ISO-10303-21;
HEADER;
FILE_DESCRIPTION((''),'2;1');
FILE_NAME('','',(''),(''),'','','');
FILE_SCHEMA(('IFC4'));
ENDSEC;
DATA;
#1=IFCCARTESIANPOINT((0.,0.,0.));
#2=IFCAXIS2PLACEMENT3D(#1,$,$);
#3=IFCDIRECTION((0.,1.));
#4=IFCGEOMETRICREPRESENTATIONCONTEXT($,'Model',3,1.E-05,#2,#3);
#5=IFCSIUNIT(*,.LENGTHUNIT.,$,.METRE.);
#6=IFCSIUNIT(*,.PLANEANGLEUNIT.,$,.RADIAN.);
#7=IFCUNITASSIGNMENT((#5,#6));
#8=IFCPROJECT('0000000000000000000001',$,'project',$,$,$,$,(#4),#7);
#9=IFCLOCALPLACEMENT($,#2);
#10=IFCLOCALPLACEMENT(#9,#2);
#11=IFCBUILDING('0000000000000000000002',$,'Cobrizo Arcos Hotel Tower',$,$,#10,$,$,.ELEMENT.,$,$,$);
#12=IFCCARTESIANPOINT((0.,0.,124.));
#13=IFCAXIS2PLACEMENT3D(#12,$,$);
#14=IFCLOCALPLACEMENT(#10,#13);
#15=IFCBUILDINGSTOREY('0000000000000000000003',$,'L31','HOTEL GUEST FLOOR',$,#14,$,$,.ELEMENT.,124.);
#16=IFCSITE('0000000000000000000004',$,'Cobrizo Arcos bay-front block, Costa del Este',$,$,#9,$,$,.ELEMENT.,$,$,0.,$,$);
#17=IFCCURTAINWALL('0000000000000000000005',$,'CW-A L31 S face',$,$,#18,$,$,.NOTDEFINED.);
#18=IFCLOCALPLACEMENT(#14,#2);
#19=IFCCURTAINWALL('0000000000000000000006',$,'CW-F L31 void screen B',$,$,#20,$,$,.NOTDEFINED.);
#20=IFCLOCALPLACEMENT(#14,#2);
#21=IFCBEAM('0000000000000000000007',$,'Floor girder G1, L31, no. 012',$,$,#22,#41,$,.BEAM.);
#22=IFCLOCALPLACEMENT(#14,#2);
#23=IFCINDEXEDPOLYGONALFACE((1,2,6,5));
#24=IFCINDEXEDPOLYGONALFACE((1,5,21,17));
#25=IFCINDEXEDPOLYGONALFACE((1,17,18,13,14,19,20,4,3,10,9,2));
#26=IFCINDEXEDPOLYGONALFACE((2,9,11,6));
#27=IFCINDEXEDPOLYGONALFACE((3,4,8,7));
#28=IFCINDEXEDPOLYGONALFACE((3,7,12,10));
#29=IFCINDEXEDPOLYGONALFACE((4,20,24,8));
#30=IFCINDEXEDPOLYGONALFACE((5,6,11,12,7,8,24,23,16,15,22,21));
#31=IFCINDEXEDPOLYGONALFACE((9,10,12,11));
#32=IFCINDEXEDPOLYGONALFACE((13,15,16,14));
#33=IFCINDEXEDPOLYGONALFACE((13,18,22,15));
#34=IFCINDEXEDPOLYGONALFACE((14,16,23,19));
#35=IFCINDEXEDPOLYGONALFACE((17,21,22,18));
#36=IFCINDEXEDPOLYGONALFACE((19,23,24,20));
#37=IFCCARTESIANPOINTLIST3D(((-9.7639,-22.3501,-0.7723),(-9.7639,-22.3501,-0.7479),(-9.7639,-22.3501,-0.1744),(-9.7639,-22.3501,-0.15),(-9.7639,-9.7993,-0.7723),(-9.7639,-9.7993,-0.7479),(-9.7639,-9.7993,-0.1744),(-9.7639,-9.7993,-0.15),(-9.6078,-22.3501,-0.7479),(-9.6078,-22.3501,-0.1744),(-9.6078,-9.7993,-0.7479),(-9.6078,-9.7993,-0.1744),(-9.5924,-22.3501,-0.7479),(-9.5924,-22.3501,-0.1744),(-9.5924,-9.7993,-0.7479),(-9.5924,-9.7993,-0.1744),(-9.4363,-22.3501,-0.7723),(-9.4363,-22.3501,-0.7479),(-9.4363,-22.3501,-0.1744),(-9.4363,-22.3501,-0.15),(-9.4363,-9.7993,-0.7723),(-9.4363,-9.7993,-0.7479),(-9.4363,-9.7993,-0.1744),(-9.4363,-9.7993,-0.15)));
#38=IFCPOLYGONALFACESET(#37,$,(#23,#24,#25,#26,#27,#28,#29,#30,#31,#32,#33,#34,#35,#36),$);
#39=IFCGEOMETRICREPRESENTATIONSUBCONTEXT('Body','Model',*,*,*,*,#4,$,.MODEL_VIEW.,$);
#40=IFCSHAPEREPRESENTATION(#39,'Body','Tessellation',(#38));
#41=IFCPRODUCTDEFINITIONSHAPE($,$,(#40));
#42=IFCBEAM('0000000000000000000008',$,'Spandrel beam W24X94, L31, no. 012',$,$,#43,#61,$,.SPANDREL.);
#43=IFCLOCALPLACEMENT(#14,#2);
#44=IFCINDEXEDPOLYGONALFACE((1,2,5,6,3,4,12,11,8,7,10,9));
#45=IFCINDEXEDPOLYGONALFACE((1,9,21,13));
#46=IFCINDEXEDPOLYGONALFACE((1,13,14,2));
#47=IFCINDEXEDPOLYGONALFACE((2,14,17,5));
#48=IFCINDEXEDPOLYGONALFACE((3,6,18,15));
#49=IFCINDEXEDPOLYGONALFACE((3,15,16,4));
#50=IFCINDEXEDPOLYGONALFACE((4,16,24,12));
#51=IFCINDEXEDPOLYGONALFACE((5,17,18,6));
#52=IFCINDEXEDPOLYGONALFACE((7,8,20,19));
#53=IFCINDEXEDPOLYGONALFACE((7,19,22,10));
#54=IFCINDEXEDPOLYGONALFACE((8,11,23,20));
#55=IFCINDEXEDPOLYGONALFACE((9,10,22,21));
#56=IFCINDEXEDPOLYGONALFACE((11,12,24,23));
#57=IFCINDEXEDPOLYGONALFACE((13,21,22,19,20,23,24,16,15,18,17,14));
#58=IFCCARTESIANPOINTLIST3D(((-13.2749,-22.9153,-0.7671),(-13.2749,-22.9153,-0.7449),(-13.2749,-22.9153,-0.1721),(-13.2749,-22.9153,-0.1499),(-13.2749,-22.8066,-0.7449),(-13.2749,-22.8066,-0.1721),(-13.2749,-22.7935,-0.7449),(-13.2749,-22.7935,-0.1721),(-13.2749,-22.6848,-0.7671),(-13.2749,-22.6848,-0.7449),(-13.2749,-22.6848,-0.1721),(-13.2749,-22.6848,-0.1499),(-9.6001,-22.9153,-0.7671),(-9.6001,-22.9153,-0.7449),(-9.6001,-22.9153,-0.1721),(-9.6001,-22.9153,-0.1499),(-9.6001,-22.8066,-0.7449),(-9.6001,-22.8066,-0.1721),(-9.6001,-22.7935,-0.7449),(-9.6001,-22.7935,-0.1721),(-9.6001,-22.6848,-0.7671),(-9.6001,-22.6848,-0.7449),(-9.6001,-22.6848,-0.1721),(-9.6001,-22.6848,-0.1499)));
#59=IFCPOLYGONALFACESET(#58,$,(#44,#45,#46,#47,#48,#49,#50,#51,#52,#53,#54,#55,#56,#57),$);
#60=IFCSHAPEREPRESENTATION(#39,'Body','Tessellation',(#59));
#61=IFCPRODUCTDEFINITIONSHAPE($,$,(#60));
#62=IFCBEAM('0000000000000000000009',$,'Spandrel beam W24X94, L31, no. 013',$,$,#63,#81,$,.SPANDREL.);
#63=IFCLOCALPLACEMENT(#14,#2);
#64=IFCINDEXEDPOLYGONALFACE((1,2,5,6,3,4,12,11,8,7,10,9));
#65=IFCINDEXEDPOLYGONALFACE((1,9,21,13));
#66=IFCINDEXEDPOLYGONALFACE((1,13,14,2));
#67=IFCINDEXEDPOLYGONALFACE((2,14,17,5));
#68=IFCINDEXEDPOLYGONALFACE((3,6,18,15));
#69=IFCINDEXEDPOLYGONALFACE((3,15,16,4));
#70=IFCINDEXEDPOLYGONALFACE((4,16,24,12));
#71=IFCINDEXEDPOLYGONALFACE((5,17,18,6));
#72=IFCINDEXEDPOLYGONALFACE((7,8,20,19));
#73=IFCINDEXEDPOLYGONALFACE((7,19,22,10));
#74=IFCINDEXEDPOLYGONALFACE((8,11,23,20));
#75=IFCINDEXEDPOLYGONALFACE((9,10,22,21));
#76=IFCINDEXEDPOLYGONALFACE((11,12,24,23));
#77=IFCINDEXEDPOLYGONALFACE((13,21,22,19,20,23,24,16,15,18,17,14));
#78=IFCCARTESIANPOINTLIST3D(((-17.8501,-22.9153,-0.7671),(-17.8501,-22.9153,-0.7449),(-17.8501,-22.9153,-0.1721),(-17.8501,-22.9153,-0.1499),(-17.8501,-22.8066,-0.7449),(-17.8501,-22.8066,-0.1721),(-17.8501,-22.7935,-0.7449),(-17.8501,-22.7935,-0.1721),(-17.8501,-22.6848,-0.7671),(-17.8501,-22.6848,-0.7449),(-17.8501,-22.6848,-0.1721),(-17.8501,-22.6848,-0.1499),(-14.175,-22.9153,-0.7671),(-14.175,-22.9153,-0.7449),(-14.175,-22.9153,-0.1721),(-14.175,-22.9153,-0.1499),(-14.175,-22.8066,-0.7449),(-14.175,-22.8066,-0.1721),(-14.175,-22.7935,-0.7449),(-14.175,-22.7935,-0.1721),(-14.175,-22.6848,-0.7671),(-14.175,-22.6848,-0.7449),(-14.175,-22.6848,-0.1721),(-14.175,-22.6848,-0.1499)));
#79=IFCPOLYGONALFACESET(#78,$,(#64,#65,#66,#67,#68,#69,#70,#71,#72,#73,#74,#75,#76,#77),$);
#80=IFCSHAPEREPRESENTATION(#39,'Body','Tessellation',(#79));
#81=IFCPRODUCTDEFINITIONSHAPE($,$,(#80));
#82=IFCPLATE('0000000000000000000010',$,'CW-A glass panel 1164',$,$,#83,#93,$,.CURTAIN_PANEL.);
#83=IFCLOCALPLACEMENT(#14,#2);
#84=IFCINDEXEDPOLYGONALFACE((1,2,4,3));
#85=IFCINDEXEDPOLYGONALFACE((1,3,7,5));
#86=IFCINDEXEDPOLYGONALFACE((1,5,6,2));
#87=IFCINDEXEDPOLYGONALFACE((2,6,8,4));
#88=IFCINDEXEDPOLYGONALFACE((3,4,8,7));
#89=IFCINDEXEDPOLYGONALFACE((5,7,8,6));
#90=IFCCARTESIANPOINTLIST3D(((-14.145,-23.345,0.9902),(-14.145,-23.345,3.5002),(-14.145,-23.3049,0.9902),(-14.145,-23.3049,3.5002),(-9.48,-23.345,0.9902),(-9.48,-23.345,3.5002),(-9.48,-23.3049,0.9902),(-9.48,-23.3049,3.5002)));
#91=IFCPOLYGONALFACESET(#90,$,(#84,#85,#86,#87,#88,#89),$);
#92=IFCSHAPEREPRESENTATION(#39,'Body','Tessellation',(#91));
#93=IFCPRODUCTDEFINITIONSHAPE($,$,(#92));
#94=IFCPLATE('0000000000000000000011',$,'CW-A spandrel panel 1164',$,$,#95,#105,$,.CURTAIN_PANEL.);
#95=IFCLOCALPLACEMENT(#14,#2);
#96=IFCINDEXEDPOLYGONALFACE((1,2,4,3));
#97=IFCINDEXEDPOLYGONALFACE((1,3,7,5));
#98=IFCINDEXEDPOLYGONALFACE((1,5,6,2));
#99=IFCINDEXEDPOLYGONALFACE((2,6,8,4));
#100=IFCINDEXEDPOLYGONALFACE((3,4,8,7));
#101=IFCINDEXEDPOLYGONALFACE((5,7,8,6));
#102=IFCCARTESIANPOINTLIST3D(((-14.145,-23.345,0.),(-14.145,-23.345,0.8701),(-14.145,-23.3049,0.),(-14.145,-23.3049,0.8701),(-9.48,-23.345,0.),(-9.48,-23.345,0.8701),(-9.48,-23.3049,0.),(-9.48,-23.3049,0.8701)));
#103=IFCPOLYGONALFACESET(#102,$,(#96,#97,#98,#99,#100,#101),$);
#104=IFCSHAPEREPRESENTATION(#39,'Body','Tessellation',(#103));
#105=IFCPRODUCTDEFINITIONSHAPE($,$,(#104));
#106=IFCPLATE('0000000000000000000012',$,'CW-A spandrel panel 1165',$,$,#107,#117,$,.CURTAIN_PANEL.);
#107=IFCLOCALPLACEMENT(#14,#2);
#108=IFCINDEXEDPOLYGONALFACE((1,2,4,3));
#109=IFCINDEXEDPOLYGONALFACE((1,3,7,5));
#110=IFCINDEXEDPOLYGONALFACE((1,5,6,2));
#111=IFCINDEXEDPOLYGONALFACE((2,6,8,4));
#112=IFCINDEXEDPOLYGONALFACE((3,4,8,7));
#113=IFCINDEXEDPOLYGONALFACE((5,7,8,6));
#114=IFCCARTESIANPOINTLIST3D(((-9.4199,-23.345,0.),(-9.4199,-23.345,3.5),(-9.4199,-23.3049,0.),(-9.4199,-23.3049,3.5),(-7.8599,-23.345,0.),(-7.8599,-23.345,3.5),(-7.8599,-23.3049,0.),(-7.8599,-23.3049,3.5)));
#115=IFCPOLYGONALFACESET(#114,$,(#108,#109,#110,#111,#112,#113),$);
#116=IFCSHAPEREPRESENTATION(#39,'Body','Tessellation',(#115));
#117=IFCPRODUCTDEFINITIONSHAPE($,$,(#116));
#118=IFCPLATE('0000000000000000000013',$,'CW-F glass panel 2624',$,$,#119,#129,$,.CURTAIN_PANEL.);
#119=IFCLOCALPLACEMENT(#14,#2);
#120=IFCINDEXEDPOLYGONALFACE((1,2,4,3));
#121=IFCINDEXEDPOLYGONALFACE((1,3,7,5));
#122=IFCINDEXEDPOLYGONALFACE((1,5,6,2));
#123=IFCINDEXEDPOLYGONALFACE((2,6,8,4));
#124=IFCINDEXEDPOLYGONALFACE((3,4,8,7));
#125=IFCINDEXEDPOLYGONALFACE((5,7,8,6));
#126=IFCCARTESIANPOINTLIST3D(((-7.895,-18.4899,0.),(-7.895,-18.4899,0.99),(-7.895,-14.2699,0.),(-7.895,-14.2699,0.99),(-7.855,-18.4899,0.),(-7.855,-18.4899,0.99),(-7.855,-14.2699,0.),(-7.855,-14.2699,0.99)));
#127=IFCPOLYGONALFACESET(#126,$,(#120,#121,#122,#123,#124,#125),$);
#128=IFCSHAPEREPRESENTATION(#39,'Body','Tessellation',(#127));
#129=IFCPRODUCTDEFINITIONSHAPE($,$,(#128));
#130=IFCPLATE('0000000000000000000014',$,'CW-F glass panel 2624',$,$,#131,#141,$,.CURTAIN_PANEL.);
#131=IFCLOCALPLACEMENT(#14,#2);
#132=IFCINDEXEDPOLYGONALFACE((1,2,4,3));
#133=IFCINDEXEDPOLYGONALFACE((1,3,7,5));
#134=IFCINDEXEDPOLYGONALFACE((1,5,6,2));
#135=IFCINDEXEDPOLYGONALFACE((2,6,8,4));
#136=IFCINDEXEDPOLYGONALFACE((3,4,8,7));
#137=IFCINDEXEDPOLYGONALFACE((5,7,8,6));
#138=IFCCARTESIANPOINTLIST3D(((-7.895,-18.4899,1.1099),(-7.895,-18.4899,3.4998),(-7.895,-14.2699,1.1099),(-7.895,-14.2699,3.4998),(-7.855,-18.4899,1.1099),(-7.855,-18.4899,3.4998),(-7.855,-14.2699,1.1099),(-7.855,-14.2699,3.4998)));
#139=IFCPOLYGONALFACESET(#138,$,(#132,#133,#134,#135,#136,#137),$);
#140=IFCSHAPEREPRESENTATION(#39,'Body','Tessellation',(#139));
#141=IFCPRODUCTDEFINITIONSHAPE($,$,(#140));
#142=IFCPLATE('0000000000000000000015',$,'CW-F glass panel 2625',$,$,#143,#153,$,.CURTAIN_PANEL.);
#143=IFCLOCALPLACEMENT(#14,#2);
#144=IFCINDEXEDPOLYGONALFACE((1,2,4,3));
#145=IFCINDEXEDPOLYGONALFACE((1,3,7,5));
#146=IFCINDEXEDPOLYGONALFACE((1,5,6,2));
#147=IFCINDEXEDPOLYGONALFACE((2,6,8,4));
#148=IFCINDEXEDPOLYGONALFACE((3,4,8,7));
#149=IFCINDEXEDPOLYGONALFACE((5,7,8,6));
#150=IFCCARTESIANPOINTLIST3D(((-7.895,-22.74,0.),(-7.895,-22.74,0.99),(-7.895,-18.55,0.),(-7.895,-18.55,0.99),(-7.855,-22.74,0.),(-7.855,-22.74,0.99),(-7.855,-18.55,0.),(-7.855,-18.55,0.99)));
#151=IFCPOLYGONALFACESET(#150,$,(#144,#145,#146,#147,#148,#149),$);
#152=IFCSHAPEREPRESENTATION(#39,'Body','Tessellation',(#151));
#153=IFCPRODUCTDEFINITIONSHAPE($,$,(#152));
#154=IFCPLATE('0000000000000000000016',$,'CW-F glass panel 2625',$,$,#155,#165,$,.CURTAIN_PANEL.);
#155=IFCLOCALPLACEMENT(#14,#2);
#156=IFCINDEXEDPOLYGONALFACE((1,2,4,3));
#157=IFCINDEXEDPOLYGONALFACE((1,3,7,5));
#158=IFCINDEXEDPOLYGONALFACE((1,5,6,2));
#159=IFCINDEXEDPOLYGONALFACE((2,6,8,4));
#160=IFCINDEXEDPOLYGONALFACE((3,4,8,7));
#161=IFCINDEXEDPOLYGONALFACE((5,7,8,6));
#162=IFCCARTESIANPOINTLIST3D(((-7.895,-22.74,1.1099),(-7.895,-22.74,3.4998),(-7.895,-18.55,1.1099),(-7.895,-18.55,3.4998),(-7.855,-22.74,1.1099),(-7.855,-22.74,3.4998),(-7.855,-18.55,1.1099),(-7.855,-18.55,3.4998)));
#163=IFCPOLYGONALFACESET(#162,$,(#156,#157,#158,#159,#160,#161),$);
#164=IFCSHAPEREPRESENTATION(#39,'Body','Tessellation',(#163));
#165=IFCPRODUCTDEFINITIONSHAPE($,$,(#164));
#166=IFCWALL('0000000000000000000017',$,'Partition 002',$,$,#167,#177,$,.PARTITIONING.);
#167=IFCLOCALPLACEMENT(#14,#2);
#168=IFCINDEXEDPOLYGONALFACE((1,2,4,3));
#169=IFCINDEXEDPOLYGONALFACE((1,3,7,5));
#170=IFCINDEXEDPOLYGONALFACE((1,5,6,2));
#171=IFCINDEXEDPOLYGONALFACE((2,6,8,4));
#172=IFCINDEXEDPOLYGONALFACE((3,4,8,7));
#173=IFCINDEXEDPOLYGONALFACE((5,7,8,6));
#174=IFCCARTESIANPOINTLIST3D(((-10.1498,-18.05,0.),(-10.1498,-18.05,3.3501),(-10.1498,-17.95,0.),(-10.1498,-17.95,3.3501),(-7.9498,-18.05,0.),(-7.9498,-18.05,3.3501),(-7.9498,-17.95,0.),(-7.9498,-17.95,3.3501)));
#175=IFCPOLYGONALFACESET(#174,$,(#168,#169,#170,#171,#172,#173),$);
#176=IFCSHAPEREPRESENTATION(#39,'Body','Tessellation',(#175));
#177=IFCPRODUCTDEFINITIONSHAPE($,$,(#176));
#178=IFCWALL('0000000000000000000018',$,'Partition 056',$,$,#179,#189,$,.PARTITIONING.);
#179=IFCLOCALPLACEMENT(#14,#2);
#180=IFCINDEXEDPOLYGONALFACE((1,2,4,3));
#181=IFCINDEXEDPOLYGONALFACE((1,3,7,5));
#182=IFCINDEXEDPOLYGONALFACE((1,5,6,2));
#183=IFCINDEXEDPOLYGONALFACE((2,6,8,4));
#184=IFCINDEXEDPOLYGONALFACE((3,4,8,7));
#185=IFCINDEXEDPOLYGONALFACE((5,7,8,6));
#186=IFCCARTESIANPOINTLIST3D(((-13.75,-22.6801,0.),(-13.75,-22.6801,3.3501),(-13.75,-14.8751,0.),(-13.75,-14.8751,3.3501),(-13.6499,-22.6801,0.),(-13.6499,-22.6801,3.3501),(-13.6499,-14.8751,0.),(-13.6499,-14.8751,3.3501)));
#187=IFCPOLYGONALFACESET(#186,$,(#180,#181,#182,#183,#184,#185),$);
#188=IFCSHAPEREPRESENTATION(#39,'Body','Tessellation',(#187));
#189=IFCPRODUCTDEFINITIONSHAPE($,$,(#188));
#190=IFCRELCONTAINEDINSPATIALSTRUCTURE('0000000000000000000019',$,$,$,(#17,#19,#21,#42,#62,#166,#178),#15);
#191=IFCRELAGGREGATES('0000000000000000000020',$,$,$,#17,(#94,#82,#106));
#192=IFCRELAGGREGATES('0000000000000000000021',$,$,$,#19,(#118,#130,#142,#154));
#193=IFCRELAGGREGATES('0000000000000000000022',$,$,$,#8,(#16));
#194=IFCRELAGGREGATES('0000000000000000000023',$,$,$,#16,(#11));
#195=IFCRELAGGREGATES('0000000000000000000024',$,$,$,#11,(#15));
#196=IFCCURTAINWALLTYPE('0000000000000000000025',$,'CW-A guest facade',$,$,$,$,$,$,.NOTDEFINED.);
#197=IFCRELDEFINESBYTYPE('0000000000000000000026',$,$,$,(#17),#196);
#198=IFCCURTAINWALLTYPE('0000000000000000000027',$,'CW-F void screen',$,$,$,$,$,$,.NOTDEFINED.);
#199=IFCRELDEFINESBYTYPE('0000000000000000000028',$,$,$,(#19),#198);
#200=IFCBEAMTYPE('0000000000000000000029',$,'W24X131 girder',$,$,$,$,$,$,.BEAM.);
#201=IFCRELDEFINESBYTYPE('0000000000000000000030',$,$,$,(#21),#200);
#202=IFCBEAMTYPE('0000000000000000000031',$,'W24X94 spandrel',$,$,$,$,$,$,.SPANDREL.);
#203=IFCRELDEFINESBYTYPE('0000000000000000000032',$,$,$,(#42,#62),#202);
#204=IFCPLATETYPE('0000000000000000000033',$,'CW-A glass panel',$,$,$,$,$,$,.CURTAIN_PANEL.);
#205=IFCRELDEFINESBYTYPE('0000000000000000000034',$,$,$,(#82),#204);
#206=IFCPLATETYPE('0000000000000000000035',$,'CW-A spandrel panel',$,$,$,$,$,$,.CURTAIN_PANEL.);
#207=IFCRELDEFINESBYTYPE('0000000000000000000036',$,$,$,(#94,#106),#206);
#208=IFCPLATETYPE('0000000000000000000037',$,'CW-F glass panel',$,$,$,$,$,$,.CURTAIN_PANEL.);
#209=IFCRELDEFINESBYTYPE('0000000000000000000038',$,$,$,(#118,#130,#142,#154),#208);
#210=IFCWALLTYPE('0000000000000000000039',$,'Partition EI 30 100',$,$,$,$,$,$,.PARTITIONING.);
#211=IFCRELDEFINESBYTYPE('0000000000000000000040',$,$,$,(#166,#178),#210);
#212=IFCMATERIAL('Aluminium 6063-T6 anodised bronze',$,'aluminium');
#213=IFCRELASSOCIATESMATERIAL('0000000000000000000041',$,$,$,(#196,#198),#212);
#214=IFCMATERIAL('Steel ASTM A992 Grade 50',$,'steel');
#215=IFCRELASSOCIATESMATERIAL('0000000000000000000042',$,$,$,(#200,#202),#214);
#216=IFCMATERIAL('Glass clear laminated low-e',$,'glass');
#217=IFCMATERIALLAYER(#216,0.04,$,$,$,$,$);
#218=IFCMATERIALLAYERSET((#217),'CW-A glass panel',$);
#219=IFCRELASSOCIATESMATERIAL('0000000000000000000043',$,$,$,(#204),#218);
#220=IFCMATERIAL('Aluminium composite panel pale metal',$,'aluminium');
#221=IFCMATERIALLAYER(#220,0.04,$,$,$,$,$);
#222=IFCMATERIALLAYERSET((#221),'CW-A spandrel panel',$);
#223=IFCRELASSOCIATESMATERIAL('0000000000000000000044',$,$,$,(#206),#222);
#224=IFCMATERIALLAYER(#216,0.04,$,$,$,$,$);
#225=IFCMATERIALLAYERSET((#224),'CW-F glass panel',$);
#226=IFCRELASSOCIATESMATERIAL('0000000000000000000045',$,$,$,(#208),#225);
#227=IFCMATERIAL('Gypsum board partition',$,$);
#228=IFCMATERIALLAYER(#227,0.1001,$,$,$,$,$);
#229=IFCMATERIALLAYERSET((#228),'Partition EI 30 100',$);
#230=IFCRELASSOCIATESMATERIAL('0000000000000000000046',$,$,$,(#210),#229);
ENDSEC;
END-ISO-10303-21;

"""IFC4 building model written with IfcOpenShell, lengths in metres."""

from ifc_helpers import new_model, si_unit, direction, frame, frame_2d, origin, origin_2d, place, context, subcontext, project, spatial, rectangle, i_section, extrude, material, layer, layer_set, material_profile, profile_set, type_object, element, aggregate, save


model = new_model("IFC4")

# Units and contexts
model_context = context("Model", 3, precision=1e-05, world=origin(), true_north=direction((0.0, 1.0)))
body_context = subcontext(model_context, "Body", "Model", "MODEL_VIEW")
ifc_project = project(units=[si_unit("LENGTHUNIT", "METRE"), si_unit("PLANEANGLEUNIT", "RADIAN")], contexts=[model_context])

# Site, building, storey
site_placement = place(None, origin())
site = spatial("IfcSite", under=ifc_project, at=site_placement, Name="Cobrizo Arcos bay-front block, Costa del Este", CompositionType="ELEMENT", RefElevation=0.0)
building_placement = place(site_placement, origin())
building = spatial("IfcBuilding", under=site, at=building_placement, Name="Cobrizo Arcos Hotel Tower", CompositionType="ELEMENT")
storey_placement = place(building_placement, frame((0.0, 0.0, 124.0)))
storey = spatial("IfcBuildingStorey", under=building, at=storey_placement, Name="L31", Description="HOTEL GUEST FLOOR", CompositionType="ELEMENT", Elevation=124.0)

# Curtain walls
ifc_material_1 = material(Name="Aluminium 6063-T6 anodised bronze", Category="aluminium")
curtain_wall_type_1 = type_object("IfcCurtainWallType", Name="CW-A guest facade", PredefinedType="NOTDEFINED", material=ifc_material_1)
curtain_wall_1_placement = place(storey_placement, origin())
curtain_wall_1 = element("IfcCurtainWall", 1, at=curtain_wall_1_placement, inside=storey, type_object=curtain_wall_type_1, Name="CW-A L31 S face", PredefinedType="NOTDEFINED")
curtain_wall_type_2 = type_object("IfcCurtainWallType", Name="CW-F void screen", PredefinedType="NOTDEFINED", material=ifc_material_1)
curtain_wall_2_placement = place(storey_placement, origin())
curtain_wall_2 = element("IfcCurtainWall", 2, at=curtain_wall_2_placement, inside=storey, type_object=curtain_wall_type_2, Name="CW-F L31 void screen B", PredefinedType="NOTDEFINED")

# Beams
ifc_material_2 = material(Name="Steel ASTM A992 Grade 50", Category="steel")
ifc_material_profile_1 = material_profile(ifc_material_2, i_section(OverallWidth=0.3276, OverallDepth=0.6223, WebThickness=0.0154, FlangeThickness=0.0244, at=origin_2d()), Name="W24X131")
ifc_profile_set_1 = profile_set([ifc_material_profile_1], Name="Steel ASTM A992 Grade 50")
beam_type_1 = type_object("IfcBeamType", Name="W24X131 girder", PredefinedType="BEAM", material=ifc_profile_set_1)
beam_1_placement = place(storey_placement, frame((-9.6001, -22.3501, -0.4612), z_axis=(0.0, 1.0, 0.0), x_axis=(-1.0, 0.0, 0.0)))
element("IfcBeam", 3, at=beam_1_placement, inside=storey, type_object=beam_type_1, Name="Floor girder G1, L31, no. 012", PredefinedType="BEAM", context=body_context, shape_type="SweptSolid", body=[
    extrude(i_section(OverallWidth=0.3276, OverallDepth=0.6223, WebThickness=0.0154, FlangeThickness=0.0244, at=origin_2d()), origin(), (0.0, 0.0, 1.0), 12.5508),
])
ifc_material_profile_2 = material_profile(ifc_material_2, i_section(OverallWidth=0.2305, OverallDepth=0.6172, WebThickness=0.0132, FlangeThickness=0.0222, at=origin_2d()), Name="W24X94")
ifc_profile_set_2 = profile_set([ifc_material_profile_2], Name="Steel ASTM A992 Grade 50")
beam_type_2 = type_object("IfcBeamType", Name="W24X94 spandrel", PredefinedType="SPANDREL", material=ifc_profile_set_2)
beam_2_placement = place(storey_placement, frame((-9.6001, -22.8, -0.4585), z_axis=(-1.0, 0.0, 0.0), x_axis=(0.0, -1.0, 0.0)))
element("IfcBeam", 4, at=beam_2_placement, inside=storey, type_object=beam_type_2, Name="Spandrel beam W24X94, L31, no. 012", PredefinedType="SPANDREL", context=body_context, shape_type="SweptSolid", body=[
    extrude(i_section(OverallWidth=0.2305, OverallDepth=0.6172, WebThickness=0.0132, FlangeThickness=0.0222, at=origin_2d()), origin(), (0.0, 0.0, 1.0), 3.6748),
])
beam_3_placement = place(storey_placement, frame((-14.175, -22.8, -0.4585), z_axis=(-1.0, 0.0, 0.0), x_axis=(0.0, -1.0, 0.0)))
element("IfcBeam", 5, at=beam_3_placement, inside=storey, type_object=beam_type_2, Name="Spandrel beam W24X94, L31, no. 013", PredefinedType="SPANDREL", context=body_context, shape_type="SweptSolid", body=[
    extrude(i_section(OverallWidth=0.2305, OverallDepth=0.6172, WebThickness=0.0132, FlangeThickness=0.0222, at=origin_2d()), origin(), (0.0, 0.0, 1.0), 3.675),
])

# Plates
ifc_material_3 = material(Name="Glass clear laminated low-e", Category="glass")
ifc_layer_1 = layer(ifc_material_3, 0.04)
ifc_layer_set_1 = layer_set([ifc_layer_1], Name="CW-A glass panel")
plate_type_1 = type_object("IfcPlateType", Name="CW-A glass panel", PredefinedType="CURTAIN_PANEL", material=ifc_layer_set_1)
plate_1_placement = place(storey_placement, frame((-11.8125, -23.325, 0.9902), z_axis=(0.0, 0.0, 1.0), x_axis=(1.0, 0.0, 0.0)))
plate_1 = element("IfcPlate", 6, at=plate_1_placement, type_object=plate_type_1, Name="CW-A glass panel 1164", PredefinedType="CURTAIN_PANEL", context=body_context, shape_type="SweptSolid", body=[
    extrude(rectangle(XDim=4.665, YDim=0.04, at=origin_2d()), origin(), (0.0, 0.0, 1.0), 2.51),
])
ifc_material_4 = material(Name="Aluminium composite panel pale metal", Category="aluminium")
ifc_layer_2 = layer(ifc_material_4, 0.04)
ifc_layer_set_2 = layer_set([ifc_layer_2], Name="CW-A spandrel panel")
plate_type_2 = type_object("IfcPlateType", Name="CW-A spandrel panel", PredefinedType="CURTAIN_PANEL", material=ifc_layer_set_2)
plate_2_placement = place(storey_placement, frame((-11.8125, -23.325, 0.0), z_axis=(0.0, 0.0, 1.0), x_axis=(1.0, 0.0, 0.0)))
plate_2 = element("IfcPlate", 7, at=plate_2_placement, type_object=plate_type_2, Name="CW-A spandrel panel 1164", PredefinedType="CURTAIN_PANEL", context=body_context, shape_type="SweptSolid", body=[
    extrude(rectangle(XDim=4.665, YDim=0.04, at=origin_2d()), origin(), (0.0, 0.0, 1.0), 0.8701),
])
plate_3_placement = place(storey_placement, frame((-8.6399, -23.325, 0.0), z_axis=(0.0, 0.0, 1.0), x_axis=(1.0, 0.0, 0.0)))
plate_3 = element("IfcPlate", 8, at=plate_3_placement, type_object=plate_type_2, Name="CW-A spandrel panel 1165", PredefinedType="CURTAIN_PANEL", context=body_context, shape_type="SweptSolid", body=[
    extrude(rectangle(XDim=1.5601, YDim=0.04, at=origin_2d()), origin(), (0.0, 0.0, 1.0), 3.5),
])
aggregate(curtain_wall_1, [plate_2, plate_1, plate_3])
ifc_layer_3 = layer(ifc_material_3, 0.04)
ifc_layer_set_3 = layer_set([ifc_layer_3], Name="CW-F glass panel")
plate_type_3 = type_object("IfcPlateType", Name="CW-F glass panel", PredefinedType="CURTAIN_PANEL", material=ifc_layer_set_3)
plate_4_placement = place(storey_placement, frame((-7.875, -16.3799, 0.0), z_axis=(0.0, 0.0, 1.0), x_axis=(0.0, -1.0, 0.0)))
plate_4 = element("IfcPlate", 9, at=plate_4_placement, type_object=plate_type_3, Name="CW-F glass panel 2624", PredefinedType="CURTAIN_PANEL", context=body_context, shape_type="SweptSolid", body=[
    extrude(rectangle(XDim=4.22, YDim=0.04, at=origin_2d()), origin(), (0.0, 0.0, 1.0), 0.99),
])
plate_5_placement = place(storey_placement, frame((-7.875, -16.3799, 1.1099), z_axis=(0.0, 0.0, 1.0), x_axis=(0.0, -1.0, 0.0)))
plate_5 = element("IfcPlate", 10, at=plate_5_placement, type_object=plate_type_3, Name="CW-F glass panel 2624", PredefinedType="CURTAIN_PANEL", context=body_context, shape_type="SweptSolid", body=[
    extrude(rectangle(XDim=4.22, YDim=0.04, at=origin_2d()), origin(), (0.0, 0.0, 1.0), 2.3899),
])
plate_6_placement = place(storey_placement, frame((-7.875, -20.645, 0.0), z_axis=(0.0, 0.0, 1.0), x_axis=(0.0, -1.0, 0.0)))
plate_6 = element("IfcPlate", 11, at=plate_6_placement, type_object=plate_type_3, Name="CW-F glass panel 2625", PredefinedType="CURTAIN_PANEL", context=body_context, shape_type="SweptSolid", body=[
    extrude(rectangle(XDim=4.1899, YDim=0.04, at=origin_2d()), origin(), (0.0, 0.0, 1.0), 0.99),
])
plate_7_placement = place(storey_placement, frame((-7.875, -20.645, 1.1099), z_axis=(0.0, 0.0, 1.0), x_axis=(0.0, -1.0, 0.0)))
plate_7 = element("IfcPlate", 12, at=plate_7_placement, type_object=plate_type_3, Name="CW-F glass panel 2625", PredefinedType="CURTAIN_PANEL", context=body_context, shape_type="SweptSolid", body=[
    extrude(rectangle(XDim=4.1899, YDim=0.04, at=origin_2d()), origin(), (0.0, 0.0, 1.0), 2.3899),
])
aggregate(curtain_wall_2, [plate_4, plate_5, plate_6, plate_7])

# Walls
ifc_material_5 = material(Name="Gypsum board partition")
ifc_layer_4 = layer(ifc_material_5, 0.1001)
ifc_layer_set_4 = layer_set([ifc_layer_4], Name="Partition EI 30 100")
wall_type = type_object("IfcWallType", Name="Partition EI 30 100", PredefinedType="PARTITIONING", material=ifc_layer_set_4)
wall_1_placement = place(storey_placement, frame((-10.1499, -18.0, 0.0), z_axis=(0.0, 0.0, 1.0), x_axis=(1.0, 0.0, 0.0)))
element("IfcWall", 13, at=wall_1_placement, inside=storey, type_object=wall_type, Name="Partition 002", PredefinedType="PARTITIONING", context=body_context, shape_type="SweptSolid", body=[
    extrude(rectangle(XDim=2.2, YDim=0.1001, at=frame_2d((1.1001, 0.0))), origin(), (0.0, 0.0, 1.0), 3.3501),
])
wall_2_placement = place(storey_placement, frame((-13.7, -22.6799, 0.0), z_axis=(0.0, 0.0, 1.0), x_axis=(0.0, 1.0, 0.0)))
element("IfcWall", 14, at=wall_2_placement, inside=storey, type_object=wall_type, Name="Partition 056", PredefinedType="PARTITIONING", context=body_context, shape_type="SweptSolid", body=[
    extrude(rectangle(XDim=7.8049, YDim=0.1001, at=frame_2d((3.9023, 0.0))), origin(), (0.0, 0.0, 1.0), 3.3501),
])

save(model, "model.ifc")
